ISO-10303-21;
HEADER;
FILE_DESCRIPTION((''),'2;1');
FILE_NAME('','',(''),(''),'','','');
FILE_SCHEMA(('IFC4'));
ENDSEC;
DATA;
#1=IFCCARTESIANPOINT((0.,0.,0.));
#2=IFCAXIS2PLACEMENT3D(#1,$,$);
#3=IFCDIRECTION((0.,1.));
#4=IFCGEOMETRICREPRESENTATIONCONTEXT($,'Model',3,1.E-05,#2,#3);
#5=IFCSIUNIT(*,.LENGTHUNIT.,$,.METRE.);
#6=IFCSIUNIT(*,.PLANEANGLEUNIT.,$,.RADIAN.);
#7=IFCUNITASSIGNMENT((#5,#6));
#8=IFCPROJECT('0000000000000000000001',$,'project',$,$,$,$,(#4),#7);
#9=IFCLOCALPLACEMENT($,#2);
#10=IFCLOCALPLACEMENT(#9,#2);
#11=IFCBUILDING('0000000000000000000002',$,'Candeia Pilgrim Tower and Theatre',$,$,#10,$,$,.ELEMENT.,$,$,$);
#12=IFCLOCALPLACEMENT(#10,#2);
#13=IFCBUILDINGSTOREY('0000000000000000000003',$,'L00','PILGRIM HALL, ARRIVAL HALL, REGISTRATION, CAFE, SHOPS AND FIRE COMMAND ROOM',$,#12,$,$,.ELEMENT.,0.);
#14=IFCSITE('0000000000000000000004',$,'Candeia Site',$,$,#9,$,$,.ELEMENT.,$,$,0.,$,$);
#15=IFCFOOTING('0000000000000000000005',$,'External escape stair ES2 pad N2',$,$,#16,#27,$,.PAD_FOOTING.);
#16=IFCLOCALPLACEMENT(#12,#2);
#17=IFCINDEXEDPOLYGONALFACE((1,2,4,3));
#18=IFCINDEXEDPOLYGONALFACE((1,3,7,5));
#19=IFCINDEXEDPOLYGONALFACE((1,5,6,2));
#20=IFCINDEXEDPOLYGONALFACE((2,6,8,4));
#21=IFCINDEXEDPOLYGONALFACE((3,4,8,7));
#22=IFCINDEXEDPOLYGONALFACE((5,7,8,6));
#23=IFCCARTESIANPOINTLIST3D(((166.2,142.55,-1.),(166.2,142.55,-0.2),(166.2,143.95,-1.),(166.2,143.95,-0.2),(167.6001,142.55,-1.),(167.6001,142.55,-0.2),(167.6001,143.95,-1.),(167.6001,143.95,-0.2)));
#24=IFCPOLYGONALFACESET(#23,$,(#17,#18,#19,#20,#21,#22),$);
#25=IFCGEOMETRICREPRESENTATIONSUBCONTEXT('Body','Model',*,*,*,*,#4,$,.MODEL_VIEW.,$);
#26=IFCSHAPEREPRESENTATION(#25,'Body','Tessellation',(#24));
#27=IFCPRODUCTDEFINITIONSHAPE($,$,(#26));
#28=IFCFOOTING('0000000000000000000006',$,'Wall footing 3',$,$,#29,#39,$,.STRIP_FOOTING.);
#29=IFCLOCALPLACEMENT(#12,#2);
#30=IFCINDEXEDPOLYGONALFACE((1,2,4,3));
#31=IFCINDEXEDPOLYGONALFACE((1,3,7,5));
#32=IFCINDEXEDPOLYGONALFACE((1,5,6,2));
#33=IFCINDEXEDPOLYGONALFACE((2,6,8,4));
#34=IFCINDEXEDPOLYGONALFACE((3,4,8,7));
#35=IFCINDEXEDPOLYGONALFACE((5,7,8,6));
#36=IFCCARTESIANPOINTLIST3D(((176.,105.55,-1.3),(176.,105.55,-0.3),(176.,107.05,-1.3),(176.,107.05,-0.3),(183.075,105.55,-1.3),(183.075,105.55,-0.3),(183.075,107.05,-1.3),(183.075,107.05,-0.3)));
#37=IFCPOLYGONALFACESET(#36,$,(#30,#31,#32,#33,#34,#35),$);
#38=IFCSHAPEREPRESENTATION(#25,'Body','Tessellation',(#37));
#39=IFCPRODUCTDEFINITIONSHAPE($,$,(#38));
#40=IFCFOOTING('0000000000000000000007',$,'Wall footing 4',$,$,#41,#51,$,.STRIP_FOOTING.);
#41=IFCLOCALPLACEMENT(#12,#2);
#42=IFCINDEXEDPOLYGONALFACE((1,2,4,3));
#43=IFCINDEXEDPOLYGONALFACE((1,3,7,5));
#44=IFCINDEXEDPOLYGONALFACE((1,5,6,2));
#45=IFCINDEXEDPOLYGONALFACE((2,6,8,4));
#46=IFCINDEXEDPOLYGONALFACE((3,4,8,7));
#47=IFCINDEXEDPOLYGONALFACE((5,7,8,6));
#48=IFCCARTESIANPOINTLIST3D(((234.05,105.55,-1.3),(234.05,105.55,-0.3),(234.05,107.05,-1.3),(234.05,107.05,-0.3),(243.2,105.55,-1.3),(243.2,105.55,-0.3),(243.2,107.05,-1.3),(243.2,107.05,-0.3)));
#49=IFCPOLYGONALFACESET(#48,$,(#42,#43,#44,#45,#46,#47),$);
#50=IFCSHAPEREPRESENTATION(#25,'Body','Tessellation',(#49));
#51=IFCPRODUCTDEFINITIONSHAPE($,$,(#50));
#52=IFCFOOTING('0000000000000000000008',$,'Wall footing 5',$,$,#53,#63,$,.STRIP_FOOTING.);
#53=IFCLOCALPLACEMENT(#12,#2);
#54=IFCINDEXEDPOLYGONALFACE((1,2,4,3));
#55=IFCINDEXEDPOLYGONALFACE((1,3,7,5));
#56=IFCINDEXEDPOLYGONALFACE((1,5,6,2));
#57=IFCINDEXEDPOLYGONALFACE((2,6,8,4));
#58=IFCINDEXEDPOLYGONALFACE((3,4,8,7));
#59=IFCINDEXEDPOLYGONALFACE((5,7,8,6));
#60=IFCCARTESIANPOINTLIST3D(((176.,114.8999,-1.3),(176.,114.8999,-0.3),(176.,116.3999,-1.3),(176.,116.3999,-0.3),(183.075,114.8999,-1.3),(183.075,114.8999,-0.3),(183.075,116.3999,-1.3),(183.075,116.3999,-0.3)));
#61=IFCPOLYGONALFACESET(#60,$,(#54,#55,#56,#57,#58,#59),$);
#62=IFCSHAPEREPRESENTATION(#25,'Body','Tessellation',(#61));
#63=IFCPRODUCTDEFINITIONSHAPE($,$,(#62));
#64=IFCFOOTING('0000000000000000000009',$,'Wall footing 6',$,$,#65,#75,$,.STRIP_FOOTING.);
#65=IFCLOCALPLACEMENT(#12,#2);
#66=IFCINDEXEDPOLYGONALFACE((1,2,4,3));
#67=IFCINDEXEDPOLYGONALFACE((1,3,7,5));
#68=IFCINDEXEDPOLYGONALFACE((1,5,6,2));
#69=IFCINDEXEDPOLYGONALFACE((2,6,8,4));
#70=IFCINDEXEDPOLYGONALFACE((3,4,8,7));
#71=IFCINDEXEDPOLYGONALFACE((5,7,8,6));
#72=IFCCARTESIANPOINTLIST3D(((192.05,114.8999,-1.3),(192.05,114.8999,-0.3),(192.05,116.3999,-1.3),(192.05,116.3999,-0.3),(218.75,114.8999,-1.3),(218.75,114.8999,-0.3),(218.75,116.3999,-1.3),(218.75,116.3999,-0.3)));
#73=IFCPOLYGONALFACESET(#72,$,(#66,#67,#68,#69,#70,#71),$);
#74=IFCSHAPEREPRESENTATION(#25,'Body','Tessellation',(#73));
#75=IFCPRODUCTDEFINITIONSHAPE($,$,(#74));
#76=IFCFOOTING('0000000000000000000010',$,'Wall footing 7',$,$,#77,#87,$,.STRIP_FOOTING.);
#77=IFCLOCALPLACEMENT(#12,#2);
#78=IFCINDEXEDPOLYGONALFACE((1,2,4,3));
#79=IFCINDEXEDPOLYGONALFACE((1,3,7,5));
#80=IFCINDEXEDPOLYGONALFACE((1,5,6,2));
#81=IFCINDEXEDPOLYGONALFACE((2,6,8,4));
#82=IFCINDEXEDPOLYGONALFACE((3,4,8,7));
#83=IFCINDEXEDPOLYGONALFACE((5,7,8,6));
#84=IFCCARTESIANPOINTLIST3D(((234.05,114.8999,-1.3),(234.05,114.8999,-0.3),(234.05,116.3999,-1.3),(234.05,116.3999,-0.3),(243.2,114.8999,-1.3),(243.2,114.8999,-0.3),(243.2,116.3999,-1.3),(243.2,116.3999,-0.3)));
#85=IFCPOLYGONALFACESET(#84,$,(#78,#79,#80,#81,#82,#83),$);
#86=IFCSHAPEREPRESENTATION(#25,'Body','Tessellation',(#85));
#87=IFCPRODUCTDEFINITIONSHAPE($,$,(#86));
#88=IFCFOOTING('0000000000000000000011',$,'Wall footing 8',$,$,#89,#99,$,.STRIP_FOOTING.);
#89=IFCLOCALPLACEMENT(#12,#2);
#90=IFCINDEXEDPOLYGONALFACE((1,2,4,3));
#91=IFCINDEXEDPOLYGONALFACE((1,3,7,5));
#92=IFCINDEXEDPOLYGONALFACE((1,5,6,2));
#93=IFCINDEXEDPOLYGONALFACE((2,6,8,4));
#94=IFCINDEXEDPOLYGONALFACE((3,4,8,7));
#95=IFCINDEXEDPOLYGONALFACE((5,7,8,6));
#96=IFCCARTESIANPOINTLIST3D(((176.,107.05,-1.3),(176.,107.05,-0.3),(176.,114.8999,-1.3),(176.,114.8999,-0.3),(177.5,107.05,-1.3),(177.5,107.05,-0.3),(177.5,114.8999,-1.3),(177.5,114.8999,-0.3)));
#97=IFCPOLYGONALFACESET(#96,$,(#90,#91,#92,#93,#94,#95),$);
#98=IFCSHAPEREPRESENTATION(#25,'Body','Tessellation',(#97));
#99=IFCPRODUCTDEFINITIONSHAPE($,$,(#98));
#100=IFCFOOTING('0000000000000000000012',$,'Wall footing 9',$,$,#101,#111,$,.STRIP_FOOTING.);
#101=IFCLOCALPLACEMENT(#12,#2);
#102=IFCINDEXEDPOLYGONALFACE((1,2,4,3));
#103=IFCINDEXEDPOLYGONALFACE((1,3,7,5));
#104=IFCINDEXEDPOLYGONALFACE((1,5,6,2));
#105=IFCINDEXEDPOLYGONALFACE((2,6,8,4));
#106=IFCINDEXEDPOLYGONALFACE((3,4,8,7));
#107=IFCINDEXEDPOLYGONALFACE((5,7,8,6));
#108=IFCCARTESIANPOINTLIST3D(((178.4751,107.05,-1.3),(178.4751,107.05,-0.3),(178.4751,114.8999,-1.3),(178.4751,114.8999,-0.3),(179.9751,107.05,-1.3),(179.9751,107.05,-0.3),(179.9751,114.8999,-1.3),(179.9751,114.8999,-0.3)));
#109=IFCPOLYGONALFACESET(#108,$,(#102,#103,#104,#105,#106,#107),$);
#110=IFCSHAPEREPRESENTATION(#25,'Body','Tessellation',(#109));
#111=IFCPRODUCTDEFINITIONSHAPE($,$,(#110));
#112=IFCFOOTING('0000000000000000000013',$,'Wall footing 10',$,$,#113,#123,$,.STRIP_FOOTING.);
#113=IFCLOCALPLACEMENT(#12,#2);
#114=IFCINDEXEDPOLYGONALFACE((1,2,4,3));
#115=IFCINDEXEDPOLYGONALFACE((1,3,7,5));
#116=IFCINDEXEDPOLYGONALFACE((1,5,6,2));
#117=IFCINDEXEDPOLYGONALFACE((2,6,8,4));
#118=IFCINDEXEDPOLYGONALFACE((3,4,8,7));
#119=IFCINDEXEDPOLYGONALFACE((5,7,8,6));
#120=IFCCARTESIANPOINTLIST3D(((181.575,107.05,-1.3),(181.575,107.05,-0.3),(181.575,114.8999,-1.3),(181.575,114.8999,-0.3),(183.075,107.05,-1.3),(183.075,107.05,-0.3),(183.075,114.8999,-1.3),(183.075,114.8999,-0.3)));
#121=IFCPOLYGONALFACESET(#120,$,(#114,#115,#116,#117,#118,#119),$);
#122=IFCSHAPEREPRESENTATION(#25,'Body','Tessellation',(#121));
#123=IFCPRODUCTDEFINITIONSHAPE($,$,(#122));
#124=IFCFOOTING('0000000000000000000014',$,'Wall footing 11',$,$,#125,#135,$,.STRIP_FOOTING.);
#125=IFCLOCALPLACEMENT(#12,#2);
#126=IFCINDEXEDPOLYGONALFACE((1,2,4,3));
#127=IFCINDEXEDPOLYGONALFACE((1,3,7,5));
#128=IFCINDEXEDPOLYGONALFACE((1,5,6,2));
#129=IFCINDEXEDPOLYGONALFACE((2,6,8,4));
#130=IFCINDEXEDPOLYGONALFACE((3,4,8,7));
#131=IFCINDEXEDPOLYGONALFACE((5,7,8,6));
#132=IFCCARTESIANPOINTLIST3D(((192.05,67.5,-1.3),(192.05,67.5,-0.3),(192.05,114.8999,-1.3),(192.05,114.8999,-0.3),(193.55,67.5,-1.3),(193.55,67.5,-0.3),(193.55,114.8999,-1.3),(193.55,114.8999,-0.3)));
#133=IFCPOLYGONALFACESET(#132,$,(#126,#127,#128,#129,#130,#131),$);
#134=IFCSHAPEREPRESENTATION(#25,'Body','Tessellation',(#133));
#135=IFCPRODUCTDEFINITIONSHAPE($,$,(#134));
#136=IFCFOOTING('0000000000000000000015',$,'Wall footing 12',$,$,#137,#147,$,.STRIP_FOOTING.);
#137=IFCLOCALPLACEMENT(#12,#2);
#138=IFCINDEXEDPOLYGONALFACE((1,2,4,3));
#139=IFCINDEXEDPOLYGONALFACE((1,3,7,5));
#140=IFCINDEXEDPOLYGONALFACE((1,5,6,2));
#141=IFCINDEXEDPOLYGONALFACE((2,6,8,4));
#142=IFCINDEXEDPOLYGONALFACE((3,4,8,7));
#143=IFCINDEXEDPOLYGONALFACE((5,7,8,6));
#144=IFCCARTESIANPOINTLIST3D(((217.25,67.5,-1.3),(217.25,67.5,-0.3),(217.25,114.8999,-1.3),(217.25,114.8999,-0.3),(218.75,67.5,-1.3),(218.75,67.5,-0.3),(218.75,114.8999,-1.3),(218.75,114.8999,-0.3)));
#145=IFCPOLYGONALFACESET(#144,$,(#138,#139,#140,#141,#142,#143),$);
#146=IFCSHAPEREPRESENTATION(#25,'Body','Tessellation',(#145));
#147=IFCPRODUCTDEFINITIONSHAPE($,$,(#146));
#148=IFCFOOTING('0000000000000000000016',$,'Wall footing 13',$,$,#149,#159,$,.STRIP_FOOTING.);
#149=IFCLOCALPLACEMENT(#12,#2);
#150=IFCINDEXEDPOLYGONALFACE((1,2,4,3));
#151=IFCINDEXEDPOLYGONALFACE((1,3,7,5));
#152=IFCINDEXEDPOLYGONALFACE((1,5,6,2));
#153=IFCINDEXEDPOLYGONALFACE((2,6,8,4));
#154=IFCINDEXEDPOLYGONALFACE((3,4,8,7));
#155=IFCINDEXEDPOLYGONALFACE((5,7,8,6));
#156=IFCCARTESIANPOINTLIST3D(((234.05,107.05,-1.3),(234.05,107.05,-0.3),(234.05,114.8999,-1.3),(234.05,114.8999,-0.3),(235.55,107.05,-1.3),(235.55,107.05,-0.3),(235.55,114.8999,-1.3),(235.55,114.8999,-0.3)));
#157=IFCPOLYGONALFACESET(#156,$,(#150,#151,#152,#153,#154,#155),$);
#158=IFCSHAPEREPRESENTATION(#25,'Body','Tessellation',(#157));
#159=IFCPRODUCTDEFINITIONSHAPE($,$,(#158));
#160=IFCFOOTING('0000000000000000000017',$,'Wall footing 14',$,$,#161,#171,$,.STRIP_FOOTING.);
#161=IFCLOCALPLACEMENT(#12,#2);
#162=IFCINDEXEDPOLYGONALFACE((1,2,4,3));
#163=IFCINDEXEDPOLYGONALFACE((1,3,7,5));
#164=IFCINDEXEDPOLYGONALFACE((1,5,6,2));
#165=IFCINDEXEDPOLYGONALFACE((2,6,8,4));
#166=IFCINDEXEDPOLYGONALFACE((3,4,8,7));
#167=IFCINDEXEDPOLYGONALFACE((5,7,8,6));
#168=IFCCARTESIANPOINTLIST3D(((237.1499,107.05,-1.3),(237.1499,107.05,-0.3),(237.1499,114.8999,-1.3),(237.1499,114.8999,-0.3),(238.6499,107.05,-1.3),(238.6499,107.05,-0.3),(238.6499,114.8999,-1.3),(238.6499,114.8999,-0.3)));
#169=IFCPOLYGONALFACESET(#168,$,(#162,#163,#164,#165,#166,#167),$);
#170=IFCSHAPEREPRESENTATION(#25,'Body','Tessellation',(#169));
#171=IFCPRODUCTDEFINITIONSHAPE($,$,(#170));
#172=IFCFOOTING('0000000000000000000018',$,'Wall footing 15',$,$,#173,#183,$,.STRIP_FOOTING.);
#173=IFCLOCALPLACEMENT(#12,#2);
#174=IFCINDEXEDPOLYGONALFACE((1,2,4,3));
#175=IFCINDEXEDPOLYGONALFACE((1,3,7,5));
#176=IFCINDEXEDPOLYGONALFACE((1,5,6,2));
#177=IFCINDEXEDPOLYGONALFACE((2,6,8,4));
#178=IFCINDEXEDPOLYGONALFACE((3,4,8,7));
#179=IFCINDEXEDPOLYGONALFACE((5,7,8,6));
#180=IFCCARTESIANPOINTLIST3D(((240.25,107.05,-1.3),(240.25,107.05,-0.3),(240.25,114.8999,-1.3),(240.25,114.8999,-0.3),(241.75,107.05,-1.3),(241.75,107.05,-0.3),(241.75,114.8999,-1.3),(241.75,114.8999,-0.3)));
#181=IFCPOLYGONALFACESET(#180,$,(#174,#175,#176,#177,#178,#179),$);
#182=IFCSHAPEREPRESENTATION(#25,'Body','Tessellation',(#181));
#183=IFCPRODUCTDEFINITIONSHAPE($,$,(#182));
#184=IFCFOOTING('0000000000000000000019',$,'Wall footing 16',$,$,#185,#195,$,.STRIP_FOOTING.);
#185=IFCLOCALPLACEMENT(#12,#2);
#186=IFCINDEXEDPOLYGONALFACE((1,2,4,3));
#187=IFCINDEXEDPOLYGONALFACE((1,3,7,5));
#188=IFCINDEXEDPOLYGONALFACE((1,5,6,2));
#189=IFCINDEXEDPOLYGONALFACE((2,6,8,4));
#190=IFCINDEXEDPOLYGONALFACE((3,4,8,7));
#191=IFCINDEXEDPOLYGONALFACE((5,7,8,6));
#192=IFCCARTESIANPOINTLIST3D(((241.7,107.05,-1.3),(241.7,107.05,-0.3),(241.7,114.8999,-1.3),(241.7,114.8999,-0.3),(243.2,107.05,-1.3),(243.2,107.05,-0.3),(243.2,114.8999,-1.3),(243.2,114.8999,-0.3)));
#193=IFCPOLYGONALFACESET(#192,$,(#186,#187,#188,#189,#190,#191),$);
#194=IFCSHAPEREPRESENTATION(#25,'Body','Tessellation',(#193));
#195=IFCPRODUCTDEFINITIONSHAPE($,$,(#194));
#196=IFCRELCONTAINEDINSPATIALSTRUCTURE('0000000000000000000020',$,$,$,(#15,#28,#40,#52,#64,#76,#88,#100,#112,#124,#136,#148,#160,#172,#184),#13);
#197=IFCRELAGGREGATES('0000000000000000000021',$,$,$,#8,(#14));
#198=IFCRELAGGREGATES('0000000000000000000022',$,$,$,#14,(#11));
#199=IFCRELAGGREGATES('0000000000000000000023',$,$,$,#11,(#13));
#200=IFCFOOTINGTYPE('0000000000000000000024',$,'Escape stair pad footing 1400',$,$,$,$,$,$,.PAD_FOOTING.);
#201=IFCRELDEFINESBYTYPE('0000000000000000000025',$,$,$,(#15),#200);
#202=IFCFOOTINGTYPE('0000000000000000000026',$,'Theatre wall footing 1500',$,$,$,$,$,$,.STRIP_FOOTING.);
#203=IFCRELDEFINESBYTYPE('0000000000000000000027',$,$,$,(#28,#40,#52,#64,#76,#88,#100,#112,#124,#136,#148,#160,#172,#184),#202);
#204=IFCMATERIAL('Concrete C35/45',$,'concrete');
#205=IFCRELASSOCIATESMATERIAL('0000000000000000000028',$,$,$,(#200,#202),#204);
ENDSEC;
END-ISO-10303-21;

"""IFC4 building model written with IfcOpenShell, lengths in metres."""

from ifc_helpers import new_model, si_unit, direction, frame, origin, place, context, subcontext, project, spatial, polyline, outline, extrude, material, type_object, element, save


model = new_model("IFC4")

# Units and contexts
model_context = context("Model", 3, precision=1e-05, world=origin(), true_north=direction((0.0, 1.0)))
body_context = subcontext(model_context, "Body", "Model", "MODEL_VIEW")
ifc_project = project(units=[si_unit("LENGTHUNIT", "METRE"), si_unit("PLANEANGLEUNIT", "RADIAN")], contexts=[model_context])

# Site, building, storey
site_placement = place(None, origin())
site = spatial("IfcSite", under=ifc_project, at=site_placement, Name="Candeia Site", CompositionType="ELEMENT", RefElevation=0.0)
building_placement = place(site_placement, origin())
building = spatial("IfcBuilding", under=site, at=building_placement, Name="Candeia Pilgrim Tower and Theatre", CompositionType="ELEMENT")
storey_placement = place(building_placement, origin())
storey = spatial("IfcBuildingStorey", under=building, at=storey_placement, Name="L00", Description="PILGRIM HALL, ARRIVAL HALL, REGISTRATION, CAFE, SHOPS AND FIRE COMMAND ROOM", CompositionType="ELEMENT", Elevation=0.0)

# Footings
ifc_material = material(Name="Concrete C35/45", Category="concrete")
footing_type_1 = type_object("IfcFootingType", Name="Escape stair pad footing 1400", PredefinedType="PAD_FOOTING", material=ifc_material)
footing_1_placement = place(storey_placement, frame((0.0, 0.0, -1.0)))
element("IfcFooting", 1, at=footing_1_placement, inside=storey, type_object=footing_type_1, Name="External escape stair ES2 pad N2", PredefinedType="PAD_FOOTING", context=body_context, shape_type="SweptSolid", body=[
    extrude(outline(polyline([(166.2, 142.55), (167.6001, 142.55), (167.6001, 143.95), (166.2, 143.95), (166.2, 142.55)])), origin(), (0.0, 0.0, 1.0), 0.8),
])
footing_type_2 = type_object("IfcFootingType", Name="Theatre wall footing 1500", PredefinedType="STRIP_FOOTING", material=ifc_material)
footing_2_placement = place(storey_placement, frame((0.0, 0.0, -1.3)))
element("IfcFooting", 2, at=footing_2_placement, inside=storey, type_object=footing_type_2, Name="Wall footing 3", PredefinedType="STRIP_FOOTING", context=body_context, shape_type="SweptSolid", body=[
    extrude(outline(polyline([(176.0, 105.55), (183.075, 105.55), (183.075, 107.05), (176.0, 107.05), (176.0, 105.55)])), origin(), (0.0, 0.0, 1.0), 1.0),
])
footing_3_placement = place(storey_placement, frame((0.0, 0.0, -1.3)))
element("IfcFooting", 3, at=footing_3_placement, inside=storey, type_object=footing_type_2, Name="Wall footing 4", PredefinedType="STRIP_FOOTING", context=body_context, shape_type="SweptSolid", body=[
    extrude(outline(polyline([(234.05, 105.55), (243.2, 105.55), (243.2, 107.05), (234.05, 107.05), (234.05, 105.55)])), origin(), (0.0, 0.0, 1.0), 1.0),
])
footing_4_placement = place(storey_placement, frame((0.0, 0.0, -1.3)))
element("IfcFooting", 4, at=footing_4_placement, inside=storey, type_object=footing_type_2, Name="Wall footing 5", PredefinedType="STRIP_FOOTING", context=body_context, shape_type="SweptSolid", body=[
    extrude(outline(polyline([(176.0, 114.8999), (183.075, 114.8999), (183.075, 116.3999), (176.0, 116.3999), (176.0, 114.8999)])), origin(), (0.0, 0.0, 1.0), 1.0),
])
footing_5_placement = place(storey_placement, frame((0.0, 0.0, -1.3)))
element("IfcFooting", 5, at=footing_5_placement, inside=storey, type_object=footing_type_2, Name="Wall footing 6", PredefinedType="STRIP_FOOTING", context=body_context, shape_type="SweptSolid", body=[
    extrude(outline(polyline([(192.05, 114.8999), (218.75, 114.8999), (218.75, 116.3999), (192.05, 116.3999), (192.05, 114.8999)])), origin(), (0.0, 0.0, 1.0), 1.0),
])
footing_6_placement = place(storey_placement, frame((0.0, 0.0, -1.3)))
element("IfcFooting", 6, at=footing_6_placement, inside=storey, type_object=footing_type_2, Name="Wall footing 7", PredefinedType="STRIP_FOOTING", context=body_context, shape_type="SweptSolid", body=[
    extrude(outline(polyline([(234.05, 114.8999), (243.2, 114.8999), (243.2, 116.3999), (234.05, 116.3999), (234.05, 114.8999)])), origin(), (0.0, 0.0, 1.0), 1.0),
])
footing_7_placement = place(storey_placement, frame((0.0, 0.0, -1.3)))
element("IfcFooting", 7, at=footing_7_placement, inside=storey, type_object=footing_type_2, Name="Wall footing 8", PredefinedType="STRIP_FOOTING", context=body_context, shape_type="SweptSolid", body=[
    extrude(outline(polyline([(176.0, 107.05), (177.5, 107.05), (177.5, 114.8999), (176.0, 114.8999), (176.0, 107.05)])), origin(), (0.0, 0.0, 1.0), 1.0),
])
footing_8_placement = place(storey_placement, frame((0.0, 0.0, -1.3)))
element("IfcFooting", 8, at=footing_8_placement, inside=storey, type_object=footing_type_2, Name="Wall footing 9", PredefinedType="STRIP_FOOTING", context=body_context, shape_type="SweptSolid", body=[
    extrude(outline(polyline([(178.4751, 107.05), (179.9751, 107.05), (179.9751, 114.8999), (178.4751, 114.8999), (178.4751, 107.05)])), origin(), (0.0, 0.0, 1.0), 1.0),
])
footing_9_placement = place(storey_placement, frame((0.0, 0.0, -1.3)))
element("IfcFooting", 9, at=footing_9_placement, inside=storey, type_object=footing_type_2, Name="Wall footing 10", PredefinedType="STRIP_FOOTING", context=body_context, shape_type="SweptSolid", body=[
    extrude(outline(polyline([(181.575, 107.05), (183.075, 107.05), (183.075, 114.8999), (181.575, 114.8999), (181.575, 107.05)])), origin(), (0.0, 0.0, 1.0), 1.0),
])
footing_10_placement = place(storey_placement, frame((0.0, 0.0, -1.3)))
element("IfcFooting", 10, at=footing_10_placement, inside=storey, type_object=footing_type_2, Name="Wall footing 11", PredefinedType="STRIP_FOOTING", context=body_context, shape_type="SweptSolid", body=[
    extrude(outline(polyline([(192.05, 67.5), (193.55, 67.5), (193.55, 114.8999), (192.05, 114.8999), (192.05, 67.5)])), origin(), (0.0, 0.0, 1.0), 1.0),
])
footing_11_placement = place(storey_placement, frame((0.0, 0.0, -1.3)))
element("IfcFooting", 11, at=footing_11_placement, inside=storey, type_object=footing_type_2, Name="Wall footing 12", PredefinedType="STRIP_FOOTING", context=body_context, shape_type="SweptSolid", body=[
    extrude(outline(polyline([(217.25, 67.5), (218.75, 67.5), (218.75, 114.8999), (217.25, 114.8999), (217.25, 67.5)])), origin(), (0.0, 0.0, 1.0), 1.0),
])
footing_12_placement = place(storey_placement, frame((0.0, 0.0, -1.3)))
element("IfcFooting", 12, at=footing_12_placement, inside=storey, type_object=footing_type_2, Name="Wall footing 13", PredefinedType="STRIP_FOOTING", context=body_context, shape_type="SweptSolid", body=[
    extrude(outline(polyline([(234.05, 107.05), (235.55, 107.05), (235.55, 114.8999), (234.05, 114.8999), (234.05, 107.05)])), origin(), (0.0, 0.0, 1.0), 1.0),
])
footing_13_placement = place(storey_placement, frame((0.0, 0.0, -1.3)))
element("IfcFooting", 13, at=footing_13_placement, inside=storey, type_object=footing_type_2, Name="Wall footing 14", PredefinedType="STRIP_FOOTING", context=body_context, shape_type="SweptSolid", body=[
    extrude(outline(polyline([(237.1499, 107.05), (238.6499, 107.05), (238.6499, 114.8999), (237.1499, 114.8999), (237.1499, 107.05)])), origin(), (0.0, 0.0, 1.0), 1.0),
])
footing_14_placement = place(storey_placement, frame((0.0, 0.0, -1.3)))
element("IfcFooting", 14, at=footing_14_placement, inside=storey, type_object=footing_type_2, Name="Wall footing 15", PredefinedType="STRIP_FOOTING", context=body_context, shape_type="SweptSolid", body=[
    extrude(outline(polyline([(240.25, 107.05), (241.75, 107.05), (241.75, 114.8999), (240.25, 114.8999), (240.25, 107.05)])), origin(), (0.0, 0.0, 1.0), 1.0),
])
footing_15_placement = place(storey_placement, frame((0.0, 0.0, -1.3)))
element("IfcFooting", 15, at=footing_15_placement, inside=storey, type_object=footing_type_2, Name="Wall footing 16", PredefinedType="STRIP_FOOTING", context=body_context, shape_type="SweptSolid", body=[
    extrude(outline(polyline([(241.7, 107.05), (243.2, 107.05), (243.2, 114.8999), (241.7, 114.8999), (241.7, 107.05)])), origin(), (0.0, 0.0, 1.0), 1.0),
])

save(model, "model.ifc")
